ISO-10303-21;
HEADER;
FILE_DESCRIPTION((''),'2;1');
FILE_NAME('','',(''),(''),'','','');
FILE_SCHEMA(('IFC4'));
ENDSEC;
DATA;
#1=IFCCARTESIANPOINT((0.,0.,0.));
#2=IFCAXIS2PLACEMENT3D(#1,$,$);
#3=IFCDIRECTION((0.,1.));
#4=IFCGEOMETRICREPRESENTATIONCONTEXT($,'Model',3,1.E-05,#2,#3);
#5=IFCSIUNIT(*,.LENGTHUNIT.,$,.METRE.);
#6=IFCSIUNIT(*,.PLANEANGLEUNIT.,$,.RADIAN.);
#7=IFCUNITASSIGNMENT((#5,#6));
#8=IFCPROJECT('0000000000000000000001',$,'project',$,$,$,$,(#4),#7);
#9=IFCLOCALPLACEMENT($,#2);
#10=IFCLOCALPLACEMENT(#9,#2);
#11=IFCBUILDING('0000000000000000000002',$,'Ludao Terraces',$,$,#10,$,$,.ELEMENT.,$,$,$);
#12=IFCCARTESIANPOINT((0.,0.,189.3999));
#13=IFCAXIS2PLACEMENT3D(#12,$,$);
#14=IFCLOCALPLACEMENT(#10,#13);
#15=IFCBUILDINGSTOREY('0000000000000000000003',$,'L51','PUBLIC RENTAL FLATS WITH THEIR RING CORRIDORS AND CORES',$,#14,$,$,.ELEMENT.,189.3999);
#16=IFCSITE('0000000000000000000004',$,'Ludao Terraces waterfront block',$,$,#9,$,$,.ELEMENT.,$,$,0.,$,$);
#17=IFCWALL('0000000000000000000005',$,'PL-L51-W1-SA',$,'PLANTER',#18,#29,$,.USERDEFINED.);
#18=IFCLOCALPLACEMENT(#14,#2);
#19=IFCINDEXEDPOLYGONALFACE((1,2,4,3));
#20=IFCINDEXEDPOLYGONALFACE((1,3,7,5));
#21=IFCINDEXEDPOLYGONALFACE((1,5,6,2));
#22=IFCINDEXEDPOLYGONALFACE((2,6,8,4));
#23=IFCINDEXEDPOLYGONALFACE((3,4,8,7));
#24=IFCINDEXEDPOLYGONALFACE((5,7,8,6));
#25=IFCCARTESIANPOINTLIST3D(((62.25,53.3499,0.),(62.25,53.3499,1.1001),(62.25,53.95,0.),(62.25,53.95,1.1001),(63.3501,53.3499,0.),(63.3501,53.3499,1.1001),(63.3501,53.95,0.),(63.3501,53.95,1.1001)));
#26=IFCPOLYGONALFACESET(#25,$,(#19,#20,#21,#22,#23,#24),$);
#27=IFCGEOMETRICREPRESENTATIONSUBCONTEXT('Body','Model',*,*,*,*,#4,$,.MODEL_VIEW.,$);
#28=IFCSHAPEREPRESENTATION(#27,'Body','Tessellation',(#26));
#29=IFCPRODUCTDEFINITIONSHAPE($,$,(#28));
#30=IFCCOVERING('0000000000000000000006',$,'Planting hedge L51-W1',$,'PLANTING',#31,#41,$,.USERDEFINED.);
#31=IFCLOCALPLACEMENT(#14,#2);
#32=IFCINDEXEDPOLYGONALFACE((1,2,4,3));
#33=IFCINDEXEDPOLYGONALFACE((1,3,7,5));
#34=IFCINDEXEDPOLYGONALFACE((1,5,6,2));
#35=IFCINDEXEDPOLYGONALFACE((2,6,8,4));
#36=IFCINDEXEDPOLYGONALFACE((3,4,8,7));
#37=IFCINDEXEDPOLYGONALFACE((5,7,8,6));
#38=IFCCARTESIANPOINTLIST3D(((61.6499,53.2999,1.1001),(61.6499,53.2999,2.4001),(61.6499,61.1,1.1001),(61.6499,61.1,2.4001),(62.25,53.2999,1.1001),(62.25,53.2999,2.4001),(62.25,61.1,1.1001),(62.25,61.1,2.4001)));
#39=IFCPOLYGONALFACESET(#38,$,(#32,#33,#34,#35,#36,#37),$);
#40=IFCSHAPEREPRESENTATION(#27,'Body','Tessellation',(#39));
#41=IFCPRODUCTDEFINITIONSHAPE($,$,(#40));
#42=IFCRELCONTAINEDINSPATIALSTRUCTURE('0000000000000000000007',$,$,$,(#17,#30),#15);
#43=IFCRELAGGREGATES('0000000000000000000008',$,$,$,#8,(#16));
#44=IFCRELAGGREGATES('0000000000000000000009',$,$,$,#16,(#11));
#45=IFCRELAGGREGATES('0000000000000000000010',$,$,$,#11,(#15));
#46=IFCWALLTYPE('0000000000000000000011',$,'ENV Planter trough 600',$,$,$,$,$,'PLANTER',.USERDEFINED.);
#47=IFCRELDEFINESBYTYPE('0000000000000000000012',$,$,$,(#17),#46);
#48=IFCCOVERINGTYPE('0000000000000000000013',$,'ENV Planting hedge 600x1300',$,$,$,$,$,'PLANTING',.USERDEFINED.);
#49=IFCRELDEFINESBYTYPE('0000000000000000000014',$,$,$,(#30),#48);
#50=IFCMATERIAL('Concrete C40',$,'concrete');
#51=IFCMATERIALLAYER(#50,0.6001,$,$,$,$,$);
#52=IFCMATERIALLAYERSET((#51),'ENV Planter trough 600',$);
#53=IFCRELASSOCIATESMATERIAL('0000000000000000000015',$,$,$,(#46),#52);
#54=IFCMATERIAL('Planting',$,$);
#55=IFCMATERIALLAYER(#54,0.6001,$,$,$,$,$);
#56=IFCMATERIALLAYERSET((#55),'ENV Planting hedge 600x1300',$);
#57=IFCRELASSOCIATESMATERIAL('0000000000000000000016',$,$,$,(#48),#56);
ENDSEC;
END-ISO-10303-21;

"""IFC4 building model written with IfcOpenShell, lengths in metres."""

from ifc_helpers import new_model, si_unit, direction, frame, frame_2d, origin, origin_2d, place, context, subcontext, project, spatial, rectangle, extrude, material, layer, layer_set, type_object, element, save


model = new_model("IFC4")

# Units and contexts
model_context = context("Model", 3, precision=1e-05, world=origin(), true_north=direction((0.0, 1.0)))
body_context = subcontext(model_context, "Body", "Model", "MODEL_VIEW")
ifc_project = project(units=[si_unit("LENGTHUNIT", "METRE"), si_unit("PLANEANGLEUNIT", "RADIAN")], contexts=[model_context])

# Site, building, storey
site_placement = place(None, origin())
site = spatial("IfcSite", under=ifc_project, at=site_placement, Name="Ludao Terraces waterfront block", CompositionType="ELEMENT", RefElevation=0.0)
building_placement = place(site_placement, origin())
building = spatial("IfcBuilding", under=site, at=building_placement, Name="Ludao Terraces", CompositionType="ELEMENT")
storey_placement = place(building_placement, frame((0.0, 0.0, 189.3999)))
storey = spatial("IfcBuildingStorey", under=building, at=storey_placement, Name="L51", Description="PUBLIC RENTAL FLATS WITH THEIR RING CORRIDORS AND CORES", CompositionType="ELEMENT", Elevation=189.3999)

# Shared definitions
ifc_material_1 = material(Name="Concrete C40", Category="concrete")

# Wall
ifc_layer_1 = layer(ifc_material_1, 0.6001)
ifc_layer_set_1 = layer_set([ifc_layer_1], Name="ENV Planter trough 600")
wall_type = type_object("IfcWallType", Name="ENV Planter trough 600", ElementType="PLANTER", PredefinedType="USERDEFINED", material=ifc_layer_set_1)
wall_1_placement = place(storey_placement, frame((62.25, 53.6499, 0.0), z_axis=(0.0, 0.0, 1.0), x_axis=(1.0, 0.0, 0.0)))
element("IfcWall", 1, at=wall_1_placement, inside=storey, type_object=wall_type, Name="PL-L51-W1-SA", ObjectType="PLANTER", PredefinedType="USERDEFINED", context=body_context, shape_type="SweptSolid", body=[
    extrude(rectangle(XDim=1.1001, YDim=0.6001, at=frame_2d((0.55, 0.0))), origin(), (0.0, 0.0, 1.0), 1.1001),
])

# Covering
ifc_material_2 = material(Name="Planting")
ifc_layer_2 = layer(ifc_material_2, 0.6001)
ifc_layer_set_2 = layer_set([ifc_layer_2], Name="ENV Planting hedge 600x1300")
covering_type = type_object("IfcCoveringType", Name="ENV Planting hedge 600x1300", ElementType="PLANTING", PredefinedType="USERDEFINED", material=ifc_layer_set_2)
covering_placement = place(storey_placement, frame((61.95, 57.2, 1.1001), z_axis=(0.0, 0.0, 1.0), x_axis=(1.0, 0.0, 0.0)))
element("IfcCovering", 2, at=covering_placement, inside=storey, type_object=covering_type, Name="Planting hedge L51-W1", ObjectType="PLANTING", PredefinedType="USERDEFINED", context=body_context, shape_type="SweptSolid", body=[
    extrude(rectangle(XDim=0.6001, YDim=7.8, at=origin_2d()), origin(), (0.0, 0.0, 1.0), 1.3),
])

save(model, "model.ifc")
